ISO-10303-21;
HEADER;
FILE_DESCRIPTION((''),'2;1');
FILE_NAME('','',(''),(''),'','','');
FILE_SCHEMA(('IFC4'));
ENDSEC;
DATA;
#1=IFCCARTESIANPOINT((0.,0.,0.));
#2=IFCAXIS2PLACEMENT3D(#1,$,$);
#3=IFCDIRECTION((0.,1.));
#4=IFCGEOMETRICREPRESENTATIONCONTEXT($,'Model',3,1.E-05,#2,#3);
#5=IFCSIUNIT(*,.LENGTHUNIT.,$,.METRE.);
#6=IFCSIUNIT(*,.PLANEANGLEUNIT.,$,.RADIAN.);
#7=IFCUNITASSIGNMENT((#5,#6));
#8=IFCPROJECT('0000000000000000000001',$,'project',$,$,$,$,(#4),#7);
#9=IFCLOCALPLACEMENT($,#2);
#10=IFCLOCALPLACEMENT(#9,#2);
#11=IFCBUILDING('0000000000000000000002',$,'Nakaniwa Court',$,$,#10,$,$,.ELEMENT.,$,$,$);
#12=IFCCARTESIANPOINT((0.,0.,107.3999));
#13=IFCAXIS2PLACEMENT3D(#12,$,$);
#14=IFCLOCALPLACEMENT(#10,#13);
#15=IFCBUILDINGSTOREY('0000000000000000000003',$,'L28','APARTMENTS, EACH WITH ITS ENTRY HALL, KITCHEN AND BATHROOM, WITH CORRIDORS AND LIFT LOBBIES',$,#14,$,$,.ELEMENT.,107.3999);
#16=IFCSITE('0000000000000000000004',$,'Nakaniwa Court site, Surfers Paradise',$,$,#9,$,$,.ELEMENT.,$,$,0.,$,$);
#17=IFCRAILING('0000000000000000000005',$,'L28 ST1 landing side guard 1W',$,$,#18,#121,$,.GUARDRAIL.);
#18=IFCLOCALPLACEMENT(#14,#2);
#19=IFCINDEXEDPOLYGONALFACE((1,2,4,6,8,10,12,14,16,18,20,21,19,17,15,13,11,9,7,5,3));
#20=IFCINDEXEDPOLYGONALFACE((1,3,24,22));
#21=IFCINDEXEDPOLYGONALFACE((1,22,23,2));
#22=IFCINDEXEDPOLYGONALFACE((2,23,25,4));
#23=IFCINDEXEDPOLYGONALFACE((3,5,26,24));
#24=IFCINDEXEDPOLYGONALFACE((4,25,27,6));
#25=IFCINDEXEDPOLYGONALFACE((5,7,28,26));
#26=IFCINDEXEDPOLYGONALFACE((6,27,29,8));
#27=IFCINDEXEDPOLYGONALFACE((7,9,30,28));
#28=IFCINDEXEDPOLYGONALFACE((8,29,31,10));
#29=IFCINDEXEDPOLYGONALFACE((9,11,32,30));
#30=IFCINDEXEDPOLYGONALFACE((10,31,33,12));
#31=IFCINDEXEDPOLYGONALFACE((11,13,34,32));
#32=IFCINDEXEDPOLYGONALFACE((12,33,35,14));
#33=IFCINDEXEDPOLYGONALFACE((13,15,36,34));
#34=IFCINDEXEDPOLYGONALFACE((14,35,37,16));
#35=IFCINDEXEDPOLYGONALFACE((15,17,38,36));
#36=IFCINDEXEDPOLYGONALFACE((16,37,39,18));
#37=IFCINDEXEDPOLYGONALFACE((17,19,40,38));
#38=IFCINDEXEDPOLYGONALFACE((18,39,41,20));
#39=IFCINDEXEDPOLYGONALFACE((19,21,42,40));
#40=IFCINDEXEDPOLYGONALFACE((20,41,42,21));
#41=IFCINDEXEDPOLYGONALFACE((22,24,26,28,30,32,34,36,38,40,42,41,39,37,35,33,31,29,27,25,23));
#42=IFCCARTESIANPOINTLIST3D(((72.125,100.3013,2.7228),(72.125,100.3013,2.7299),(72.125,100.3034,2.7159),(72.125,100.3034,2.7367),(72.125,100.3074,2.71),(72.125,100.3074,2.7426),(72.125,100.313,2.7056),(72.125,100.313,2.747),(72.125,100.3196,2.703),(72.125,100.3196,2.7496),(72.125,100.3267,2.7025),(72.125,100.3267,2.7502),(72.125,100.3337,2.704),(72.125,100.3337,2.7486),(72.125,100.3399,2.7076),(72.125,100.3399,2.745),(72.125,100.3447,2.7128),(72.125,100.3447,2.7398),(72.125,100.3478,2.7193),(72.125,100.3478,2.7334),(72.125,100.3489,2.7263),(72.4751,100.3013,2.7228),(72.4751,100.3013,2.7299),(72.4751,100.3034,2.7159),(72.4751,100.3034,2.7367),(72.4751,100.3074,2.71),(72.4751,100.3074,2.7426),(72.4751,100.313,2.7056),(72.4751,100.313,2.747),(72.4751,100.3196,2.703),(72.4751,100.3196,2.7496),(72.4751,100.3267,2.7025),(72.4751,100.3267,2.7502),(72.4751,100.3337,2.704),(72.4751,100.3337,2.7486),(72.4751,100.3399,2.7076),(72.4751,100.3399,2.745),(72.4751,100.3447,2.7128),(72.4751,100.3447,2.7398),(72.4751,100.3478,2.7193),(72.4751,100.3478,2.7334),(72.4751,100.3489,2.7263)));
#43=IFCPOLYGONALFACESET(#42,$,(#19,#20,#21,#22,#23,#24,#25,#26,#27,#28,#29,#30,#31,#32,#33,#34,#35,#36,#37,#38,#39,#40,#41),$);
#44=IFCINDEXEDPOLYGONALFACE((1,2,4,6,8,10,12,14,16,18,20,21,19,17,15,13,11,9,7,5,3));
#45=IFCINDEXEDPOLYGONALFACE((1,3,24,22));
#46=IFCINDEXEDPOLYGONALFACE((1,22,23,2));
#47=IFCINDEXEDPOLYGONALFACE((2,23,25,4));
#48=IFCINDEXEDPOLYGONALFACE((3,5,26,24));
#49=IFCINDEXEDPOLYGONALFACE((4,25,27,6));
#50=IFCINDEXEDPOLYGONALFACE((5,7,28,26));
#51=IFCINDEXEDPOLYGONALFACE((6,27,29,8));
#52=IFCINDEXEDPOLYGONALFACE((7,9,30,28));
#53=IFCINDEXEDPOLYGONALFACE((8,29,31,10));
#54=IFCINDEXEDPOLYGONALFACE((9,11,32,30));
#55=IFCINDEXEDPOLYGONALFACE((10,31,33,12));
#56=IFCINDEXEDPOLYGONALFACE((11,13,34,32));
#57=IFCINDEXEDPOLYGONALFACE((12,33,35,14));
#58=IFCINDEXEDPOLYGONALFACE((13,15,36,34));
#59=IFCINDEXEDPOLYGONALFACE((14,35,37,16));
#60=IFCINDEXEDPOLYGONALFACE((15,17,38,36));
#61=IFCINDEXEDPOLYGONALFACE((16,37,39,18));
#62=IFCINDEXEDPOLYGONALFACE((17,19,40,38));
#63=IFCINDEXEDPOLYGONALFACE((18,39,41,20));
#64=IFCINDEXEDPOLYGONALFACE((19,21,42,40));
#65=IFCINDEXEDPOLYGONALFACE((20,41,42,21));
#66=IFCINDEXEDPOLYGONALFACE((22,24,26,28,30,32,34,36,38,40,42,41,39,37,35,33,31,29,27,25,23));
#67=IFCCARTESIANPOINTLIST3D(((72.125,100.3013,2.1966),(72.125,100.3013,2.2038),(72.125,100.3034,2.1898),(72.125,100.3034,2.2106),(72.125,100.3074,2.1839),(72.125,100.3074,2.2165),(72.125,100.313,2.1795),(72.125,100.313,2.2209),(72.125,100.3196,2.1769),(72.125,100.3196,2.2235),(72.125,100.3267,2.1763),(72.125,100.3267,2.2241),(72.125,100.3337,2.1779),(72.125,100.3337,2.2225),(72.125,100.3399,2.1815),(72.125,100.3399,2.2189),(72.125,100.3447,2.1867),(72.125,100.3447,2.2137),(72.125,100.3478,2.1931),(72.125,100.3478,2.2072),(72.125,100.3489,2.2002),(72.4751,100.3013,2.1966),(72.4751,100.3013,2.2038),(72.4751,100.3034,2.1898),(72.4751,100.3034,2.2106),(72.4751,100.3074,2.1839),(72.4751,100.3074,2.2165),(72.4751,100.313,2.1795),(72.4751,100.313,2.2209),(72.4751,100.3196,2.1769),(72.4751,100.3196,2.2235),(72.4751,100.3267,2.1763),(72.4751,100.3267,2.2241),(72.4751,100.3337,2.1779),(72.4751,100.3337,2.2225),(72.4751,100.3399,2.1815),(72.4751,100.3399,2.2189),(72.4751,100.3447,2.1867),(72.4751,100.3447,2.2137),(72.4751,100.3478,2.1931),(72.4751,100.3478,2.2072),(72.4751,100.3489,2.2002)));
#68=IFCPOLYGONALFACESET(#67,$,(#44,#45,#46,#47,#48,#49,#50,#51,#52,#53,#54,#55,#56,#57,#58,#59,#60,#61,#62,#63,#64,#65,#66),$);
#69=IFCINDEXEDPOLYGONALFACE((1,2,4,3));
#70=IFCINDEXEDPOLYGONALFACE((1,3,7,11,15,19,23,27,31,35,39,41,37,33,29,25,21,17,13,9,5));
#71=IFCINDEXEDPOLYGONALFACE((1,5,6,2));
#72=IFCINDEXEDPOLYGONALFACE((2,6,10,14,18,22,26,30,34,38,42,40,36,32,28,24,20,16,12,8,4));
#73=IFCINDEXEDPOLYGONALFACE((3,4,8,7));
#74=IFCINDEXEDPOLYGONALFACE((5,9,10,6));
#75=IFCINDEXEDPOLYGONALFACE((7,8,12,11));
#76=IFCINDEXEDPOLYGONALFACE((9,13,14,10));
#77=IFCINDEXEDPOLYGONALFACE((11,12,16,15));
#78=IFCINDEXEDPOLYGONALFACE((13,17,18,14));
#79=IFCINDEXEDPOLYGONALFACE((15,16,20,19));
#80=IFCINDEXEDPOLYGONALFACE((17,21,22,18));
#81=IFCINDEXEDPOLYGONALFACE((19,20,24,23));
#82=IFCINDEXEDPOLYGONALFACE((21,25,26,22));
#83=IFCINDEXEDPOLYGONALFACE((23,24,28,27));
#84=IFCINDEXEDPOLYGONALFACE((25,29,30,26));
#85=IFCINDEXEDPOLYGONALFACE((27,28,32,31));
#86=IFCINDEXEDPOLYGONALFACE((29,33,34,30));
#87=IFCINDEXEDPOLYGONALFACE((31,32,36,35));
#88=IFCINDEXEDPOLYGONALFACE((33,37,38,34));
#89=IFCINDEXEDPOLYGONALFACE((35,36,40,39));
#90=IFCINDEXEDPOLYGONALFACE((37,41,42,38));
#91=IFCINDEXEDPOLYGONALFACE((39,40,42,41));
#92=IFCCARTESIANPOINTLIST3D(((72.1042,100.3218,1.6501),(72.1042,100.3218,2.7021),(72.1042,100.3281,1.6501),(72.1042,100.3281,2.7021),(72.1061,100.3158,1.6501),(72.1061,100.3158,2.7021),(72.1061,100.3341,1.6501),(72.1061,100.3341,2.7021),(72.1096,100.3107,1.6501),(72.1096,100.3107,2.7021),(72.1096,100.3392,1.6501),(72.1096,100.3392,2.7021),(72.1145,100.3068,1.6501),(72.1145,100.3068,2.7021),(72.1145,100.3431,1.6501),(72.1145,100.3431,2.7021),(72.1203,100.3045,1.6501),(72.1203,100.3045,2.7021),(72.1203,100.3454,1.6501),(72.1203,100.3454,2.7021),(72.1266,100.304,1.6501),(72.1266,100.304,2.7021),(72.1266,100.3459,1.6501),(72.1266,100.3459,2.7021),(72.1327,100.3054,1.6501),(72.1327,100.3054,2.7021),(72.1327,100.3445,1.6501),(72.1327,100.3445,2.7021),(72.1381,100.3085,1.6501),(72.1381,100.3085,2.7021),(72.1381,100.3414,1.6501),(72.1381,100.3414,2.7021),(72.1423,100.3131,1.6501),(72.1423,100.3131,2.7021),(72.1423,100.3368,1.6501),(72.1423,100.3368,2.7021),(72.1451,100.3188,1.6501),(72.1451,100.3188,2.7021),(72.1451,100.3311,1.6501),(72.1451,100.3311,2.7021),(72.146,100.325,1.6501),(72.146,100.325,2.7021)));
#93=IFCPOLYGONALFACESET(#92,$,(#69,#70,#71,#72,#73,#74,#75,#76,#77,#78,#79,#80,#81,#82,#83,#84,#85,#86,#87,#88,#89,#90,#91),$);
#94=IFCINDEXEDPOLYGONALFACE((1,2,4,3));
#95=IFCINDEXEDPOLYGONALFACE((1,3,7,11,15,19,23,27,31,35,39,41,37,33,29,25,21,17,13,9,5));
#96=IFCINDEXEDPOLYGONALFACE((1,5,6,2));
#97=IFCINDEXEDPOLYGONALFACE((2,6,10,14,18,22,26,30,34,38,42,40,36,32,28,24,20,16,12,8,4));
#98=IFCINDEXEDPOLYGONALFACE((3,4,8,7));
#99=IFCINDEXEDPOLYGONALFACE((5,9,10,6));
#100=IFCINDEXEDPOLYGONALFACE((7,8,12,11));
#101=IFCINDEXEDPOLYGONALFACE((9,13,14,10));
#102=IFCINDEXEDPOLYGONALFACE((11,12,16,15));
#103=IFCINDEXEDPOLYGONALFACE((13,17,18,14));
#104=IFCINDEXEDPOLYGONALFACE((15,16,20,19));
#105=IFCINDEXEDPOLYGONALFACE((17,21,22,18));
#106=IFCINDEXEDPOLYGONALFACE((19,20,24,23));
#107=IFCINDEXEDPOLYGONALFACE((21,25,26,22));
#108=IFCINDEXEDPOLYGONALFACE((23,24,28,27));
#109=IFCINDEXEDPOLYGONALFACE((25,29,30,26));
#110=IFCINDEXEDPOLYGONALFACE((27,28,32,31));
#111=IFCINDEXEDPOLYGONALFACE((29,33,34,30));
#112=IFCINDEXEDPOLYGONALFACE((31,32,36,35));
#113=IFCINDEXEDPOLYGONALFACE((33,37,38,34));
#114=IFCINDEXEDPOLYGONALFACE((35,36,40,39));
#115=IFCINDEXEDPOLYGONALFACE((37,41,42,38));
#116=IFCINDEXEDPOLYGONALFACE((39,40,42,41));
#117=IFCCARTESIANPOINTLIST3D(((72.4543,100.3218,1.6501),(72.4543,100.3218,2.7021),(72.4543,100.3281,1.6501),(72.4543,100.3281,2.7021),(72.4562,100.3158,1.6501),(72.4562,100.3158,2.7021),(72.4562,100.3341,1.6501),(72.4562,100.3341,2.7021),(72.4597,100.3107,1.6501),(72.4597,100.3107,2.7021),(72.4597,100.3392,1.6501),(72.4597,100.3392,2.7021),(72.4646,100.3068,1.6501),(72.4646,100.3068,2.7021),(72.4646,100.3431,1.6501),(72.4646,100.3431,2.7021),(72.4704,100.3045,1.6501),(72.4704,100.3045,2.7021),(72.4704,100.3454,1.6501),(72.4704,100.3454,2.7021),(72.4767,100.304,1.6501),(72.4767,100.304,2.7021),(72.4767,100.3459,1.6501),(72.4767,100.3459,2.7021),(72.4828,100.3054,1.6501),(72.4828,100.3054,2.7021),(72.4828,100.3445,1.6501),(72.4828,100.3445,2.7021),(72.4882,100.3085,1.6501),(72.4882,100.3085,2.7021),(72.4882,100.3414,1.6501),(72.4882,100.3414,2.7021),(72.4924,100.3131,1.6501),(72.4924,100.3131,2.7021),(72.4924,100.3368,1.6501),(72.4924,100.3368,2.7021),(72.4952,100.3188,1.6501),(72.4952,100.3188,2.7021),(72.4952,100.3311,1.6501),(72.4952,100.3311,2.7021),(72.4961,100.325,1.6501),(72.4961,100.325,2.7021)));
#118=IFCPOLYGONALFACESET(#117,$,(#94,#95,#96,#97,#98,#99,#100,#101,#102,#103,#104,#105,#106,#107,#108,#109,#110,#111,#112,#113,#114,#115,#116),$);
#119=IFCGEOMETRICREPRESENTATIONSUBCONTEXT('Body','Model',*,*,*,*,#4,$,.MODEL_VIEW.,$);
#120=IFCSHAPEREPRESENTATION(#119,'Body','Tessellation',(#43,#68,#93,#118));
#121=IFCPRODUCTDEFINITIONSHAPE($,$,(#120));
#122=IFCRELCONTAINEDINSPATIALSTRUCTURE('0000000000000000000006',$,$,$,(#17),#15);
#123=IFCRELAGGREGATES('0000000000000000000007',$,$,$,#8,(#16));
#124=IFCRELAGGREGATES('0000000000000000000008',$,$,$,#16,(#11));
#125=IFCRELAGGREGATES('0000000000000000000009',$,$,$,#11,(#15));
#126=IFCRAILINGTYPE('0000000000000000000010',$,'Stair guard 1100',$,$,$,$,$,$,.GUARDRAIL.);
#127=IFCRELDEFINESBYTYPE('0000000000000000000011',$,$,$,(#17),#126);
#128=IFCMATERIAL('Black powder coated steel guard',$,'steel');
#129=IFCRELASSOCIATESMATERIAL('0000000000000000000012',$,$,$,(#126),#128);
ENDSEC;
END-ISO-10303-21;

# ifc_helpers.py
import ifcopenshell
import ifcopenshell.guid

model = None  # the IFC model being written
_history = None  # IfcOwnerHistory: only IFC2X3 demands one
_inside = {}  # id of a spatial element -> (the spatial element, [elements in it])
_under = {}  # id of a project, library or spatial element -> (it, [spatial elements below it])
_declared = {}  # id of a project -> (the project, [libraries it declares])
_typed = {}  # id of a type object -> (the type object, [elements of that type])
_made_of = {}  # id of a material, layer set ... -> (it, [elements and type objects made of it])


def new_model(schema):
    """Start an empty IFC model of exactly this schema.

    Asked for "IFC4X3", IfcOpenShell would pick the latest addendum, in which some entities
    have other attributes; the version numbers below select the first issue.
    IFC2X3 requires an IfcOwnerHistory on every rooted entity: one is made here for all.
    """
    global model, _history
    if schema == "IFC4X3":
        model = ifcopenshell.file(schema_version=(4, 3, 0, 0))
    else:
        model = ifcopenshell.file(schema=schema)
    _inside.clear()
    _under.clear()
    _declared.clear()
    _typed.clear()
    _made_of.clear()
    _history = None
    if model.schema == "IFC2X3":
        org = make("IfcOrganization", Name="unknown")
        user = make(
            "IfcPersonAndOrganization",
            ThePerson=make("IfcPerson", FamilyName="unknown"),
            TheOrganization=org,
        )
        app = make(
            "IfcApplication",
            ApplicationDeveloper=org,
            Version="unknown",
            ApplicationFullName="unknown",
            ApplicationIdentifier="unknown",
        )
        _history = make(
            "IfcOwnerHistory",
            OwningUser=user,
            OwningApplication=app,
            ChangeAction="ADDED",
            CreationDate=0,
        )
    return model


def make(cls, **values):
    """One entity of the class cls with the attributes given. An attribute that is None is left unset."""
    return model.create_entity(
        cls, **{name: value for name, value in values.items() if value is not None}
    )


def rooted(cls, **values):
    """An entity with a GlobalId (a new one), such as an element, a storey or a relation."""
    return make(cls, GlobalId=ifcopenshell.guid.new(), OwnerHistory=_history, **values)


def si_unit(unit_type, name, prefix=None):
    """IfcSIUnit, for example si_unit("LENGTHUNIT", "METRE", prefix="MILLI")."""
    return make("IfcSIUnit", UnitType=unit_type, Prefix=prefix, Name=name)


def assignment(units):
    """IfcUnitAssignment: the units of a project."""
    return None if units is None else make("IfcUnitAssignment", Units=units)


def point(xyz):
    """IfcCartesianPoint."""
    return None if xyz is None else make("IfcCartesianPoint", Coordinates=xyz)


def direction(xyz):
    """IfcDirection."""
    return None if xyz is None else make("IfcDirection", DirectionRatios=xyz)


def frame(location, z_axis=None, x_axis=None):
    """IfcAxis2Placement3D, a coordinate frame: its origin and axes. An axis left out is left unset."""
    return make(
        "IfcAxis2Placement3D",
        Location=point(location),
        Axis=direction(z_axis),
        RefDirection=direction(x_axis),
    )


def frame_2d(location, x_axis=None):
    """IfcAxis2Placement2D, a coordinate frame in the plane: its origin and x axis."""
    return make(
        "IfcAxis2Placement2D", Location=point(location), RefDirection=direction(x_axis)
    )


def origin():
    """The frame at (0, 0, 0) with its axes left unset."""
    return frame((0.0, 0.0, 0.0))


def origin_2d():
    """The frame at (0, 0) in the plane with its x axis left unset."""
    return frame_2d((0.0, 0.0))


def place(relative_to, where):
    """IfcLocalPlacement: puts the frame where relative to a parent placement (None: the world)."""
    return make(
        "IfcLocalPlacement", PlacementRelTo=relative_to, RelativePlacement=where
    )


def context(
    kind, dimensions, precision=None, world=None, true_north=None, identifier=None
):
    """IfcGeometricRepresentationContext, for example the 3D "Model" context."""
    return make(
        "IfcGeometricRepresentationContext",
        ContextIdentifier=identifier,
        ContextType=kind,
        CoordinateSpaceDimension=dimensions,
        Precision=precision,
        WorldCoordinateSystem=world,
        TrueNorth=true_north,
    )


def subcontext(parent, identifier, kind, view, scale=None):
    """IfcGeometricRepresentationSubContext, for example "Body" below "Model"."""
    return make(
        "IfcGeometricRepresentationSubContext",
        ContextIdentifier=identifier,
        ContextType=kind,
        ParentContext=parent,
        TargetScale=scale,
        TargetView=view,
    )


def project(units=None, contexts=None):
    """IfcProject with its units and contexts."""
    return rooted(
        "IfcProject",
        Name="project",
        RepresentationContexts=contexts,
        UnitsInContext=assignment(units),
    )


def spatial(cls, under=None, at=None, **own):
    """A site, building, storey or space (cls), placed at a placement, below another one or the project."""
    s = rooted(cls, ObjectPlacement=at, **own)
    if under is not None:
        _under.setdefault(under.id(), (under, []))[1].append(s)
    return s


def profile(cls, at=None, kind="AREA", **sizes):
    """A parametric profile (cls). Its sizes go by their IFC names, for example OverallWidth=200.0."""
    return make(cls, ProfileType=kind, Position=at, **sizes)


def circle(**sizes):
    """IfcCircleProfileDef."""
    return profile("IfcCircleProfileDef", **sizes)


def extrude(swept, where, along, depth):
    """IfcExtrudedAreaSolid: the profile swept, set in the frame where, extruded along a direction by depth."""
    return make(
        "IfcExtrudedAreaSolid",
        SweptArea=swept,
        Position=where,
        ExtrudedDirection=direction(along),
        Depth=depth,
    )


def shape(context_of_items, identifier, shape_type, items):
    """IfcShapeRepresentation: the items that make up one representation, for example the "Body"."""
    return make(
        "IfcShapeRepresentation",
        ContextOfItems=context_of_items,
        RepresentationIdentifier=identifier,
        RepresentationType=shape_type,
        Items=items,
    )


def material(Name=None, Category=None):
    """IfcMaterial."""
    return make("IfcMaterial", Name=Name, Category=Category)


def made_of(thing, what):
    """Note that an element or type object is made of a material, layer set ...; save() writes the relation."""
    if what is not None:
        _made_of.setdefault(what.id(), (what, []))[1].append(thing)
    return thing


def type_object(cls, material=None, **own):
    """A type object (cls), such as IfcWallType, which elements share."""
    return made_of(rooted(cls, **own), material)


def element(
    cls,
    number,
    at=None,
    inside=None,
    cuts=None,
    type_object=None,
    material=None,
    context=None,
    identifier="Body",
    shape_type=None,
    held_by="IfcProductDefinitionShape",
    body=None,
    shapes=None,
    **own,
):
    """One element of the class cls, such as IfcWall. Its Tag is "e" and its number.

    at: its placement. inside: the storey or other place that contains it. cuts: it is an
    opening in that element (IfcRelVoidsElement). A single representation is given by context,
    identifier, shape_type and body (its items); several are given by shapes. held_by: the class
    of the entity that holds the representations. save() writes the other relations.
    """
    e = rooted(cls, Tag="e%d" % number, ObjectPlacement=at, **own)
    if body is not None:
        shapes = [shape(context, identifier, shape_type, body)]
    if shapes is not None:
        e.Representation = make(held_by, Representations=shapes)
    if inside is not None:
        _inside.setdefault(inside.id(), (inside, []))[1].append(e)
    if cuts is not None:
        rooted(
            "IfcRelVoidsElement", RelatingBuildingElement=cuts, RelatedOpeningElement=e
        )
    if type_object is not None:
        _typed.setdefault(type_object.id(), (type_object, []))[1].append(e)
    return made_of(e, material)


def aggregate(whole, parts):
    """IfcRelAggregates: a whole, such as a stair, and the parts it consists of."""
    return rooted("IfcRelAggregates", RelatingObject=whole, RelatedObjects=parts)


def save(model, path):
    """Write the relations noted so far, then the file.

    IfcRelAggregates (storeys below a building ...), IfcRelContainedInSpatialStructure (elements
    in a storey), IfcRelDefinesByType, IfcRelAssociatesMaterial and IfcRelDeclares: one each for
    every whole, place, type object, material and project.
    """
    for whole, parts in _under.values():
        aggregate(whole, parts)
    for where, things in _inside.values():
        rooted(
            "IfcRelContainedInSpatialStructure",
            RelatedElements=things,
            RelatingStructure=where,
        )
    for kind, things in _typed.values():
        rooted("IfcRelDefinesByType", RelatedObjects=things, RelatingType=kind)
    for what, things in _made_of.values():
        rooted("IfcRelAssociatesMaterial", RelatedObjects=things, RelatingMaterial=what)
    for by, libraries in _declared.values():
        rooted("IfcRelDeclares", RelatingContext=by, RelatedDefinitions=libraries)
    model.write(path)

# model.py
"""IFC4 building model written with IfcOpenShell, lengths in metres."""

from ifc_helpers import new_model, si_unit, direction, frame, origin, origin_2d, place, context, subcontext, project, spatial, circle, extrude, material, type_object, element, save


model = new_model("IFC4")

# Units and contexts
model_context = context("Model", 3, precision=1e-05, world=origin(), true_north=direction((0.0, 1.0)))
body_context = subcontext(model_context, "Body", "Model", "MODEL_VIEW")
ifc_project = project(units=[si_unit("LENGTHUNIT", "METRE"), si_unit("PLANEANGLEUNIT", "RADIAN")], contexts=[model_context])

# Site, building, storey
site_placement = place(None, origin())
site = spatial("IfcSite", under=ifc_project, at=site_placement, Name="Nakaniwa Court site, Surfers Paradise", CompositionType="ELEMENT", RefElevation=0.0)
building_placement = place(site_placement, origin())
building = spatial("IfcBuilding", under=site, at=building_placement, Name="Nakaniwa Court", CompositionType="ELEMENT")
storey_placement = place(building_placement, frame((0.0, 0.0, 107.3999)))
storey = spatial("IfcBuildingStorey", under=building, at=storey_placement, Name="L28", Description="APARTMENTS, EACH WITH ITS ENTRY HALL, KITCHEN AND BATHROOM, WITH CORRIDORS AND LIFT LOBBIES", CompositionType="ELEMENT", Elevation=107.3999)

# Railing
ifc_material_1 = material(Name="Black powder coated steel guard", Category="steel")
railing_type_1 = type_object("IfcRailingType", Name="Stair guard 1100", PredefinedType="GUARDRAIL", material=ifc_material_1)
for number, where, name in (
    (1, (72.125, 100.325, 1.6501), "L28 ST1 landing side guard 1W"),
):
    element("IfcRailing", number, at=place(storey_placement, frame(where)), inside=storey, type_object=railing_type_1, Name=name, PredefinedType="GUARDRAIL", context=body_context, shape_type="SweptSolid", body=[
        extrude(circle(Radius=0.0239, at=origin_2d()), frame((0.0, 0.0, 1.0762), z_axis=(1.0, 0.0, 0.0), x_axis=(0.0, 1.0, 0.0)), (0.0, 0.0, 1.0), 0.3501),
        extrude(circle(Radius=0.0239, at=origin_2d()), frame((0.0, 0.0, 0.55), z_axis=(1.0, 0.0, 0.0), x_axis=(0.0, 1.0, 0.0)), (0.0, 0.0, 1.0), 0.3501),
        extrude(circle(Radius=0.021, at=origin_2d()), origin(), (0.0, 0.0, 1.0), 1.052),
        extrude(circle(Radius=0.021, at=origin_2d()), frame((0.3501, 0.0, 0.0)), (0.0, 0.0, 1.0), 1.052),
    ])

save(model, "model.ifc")
